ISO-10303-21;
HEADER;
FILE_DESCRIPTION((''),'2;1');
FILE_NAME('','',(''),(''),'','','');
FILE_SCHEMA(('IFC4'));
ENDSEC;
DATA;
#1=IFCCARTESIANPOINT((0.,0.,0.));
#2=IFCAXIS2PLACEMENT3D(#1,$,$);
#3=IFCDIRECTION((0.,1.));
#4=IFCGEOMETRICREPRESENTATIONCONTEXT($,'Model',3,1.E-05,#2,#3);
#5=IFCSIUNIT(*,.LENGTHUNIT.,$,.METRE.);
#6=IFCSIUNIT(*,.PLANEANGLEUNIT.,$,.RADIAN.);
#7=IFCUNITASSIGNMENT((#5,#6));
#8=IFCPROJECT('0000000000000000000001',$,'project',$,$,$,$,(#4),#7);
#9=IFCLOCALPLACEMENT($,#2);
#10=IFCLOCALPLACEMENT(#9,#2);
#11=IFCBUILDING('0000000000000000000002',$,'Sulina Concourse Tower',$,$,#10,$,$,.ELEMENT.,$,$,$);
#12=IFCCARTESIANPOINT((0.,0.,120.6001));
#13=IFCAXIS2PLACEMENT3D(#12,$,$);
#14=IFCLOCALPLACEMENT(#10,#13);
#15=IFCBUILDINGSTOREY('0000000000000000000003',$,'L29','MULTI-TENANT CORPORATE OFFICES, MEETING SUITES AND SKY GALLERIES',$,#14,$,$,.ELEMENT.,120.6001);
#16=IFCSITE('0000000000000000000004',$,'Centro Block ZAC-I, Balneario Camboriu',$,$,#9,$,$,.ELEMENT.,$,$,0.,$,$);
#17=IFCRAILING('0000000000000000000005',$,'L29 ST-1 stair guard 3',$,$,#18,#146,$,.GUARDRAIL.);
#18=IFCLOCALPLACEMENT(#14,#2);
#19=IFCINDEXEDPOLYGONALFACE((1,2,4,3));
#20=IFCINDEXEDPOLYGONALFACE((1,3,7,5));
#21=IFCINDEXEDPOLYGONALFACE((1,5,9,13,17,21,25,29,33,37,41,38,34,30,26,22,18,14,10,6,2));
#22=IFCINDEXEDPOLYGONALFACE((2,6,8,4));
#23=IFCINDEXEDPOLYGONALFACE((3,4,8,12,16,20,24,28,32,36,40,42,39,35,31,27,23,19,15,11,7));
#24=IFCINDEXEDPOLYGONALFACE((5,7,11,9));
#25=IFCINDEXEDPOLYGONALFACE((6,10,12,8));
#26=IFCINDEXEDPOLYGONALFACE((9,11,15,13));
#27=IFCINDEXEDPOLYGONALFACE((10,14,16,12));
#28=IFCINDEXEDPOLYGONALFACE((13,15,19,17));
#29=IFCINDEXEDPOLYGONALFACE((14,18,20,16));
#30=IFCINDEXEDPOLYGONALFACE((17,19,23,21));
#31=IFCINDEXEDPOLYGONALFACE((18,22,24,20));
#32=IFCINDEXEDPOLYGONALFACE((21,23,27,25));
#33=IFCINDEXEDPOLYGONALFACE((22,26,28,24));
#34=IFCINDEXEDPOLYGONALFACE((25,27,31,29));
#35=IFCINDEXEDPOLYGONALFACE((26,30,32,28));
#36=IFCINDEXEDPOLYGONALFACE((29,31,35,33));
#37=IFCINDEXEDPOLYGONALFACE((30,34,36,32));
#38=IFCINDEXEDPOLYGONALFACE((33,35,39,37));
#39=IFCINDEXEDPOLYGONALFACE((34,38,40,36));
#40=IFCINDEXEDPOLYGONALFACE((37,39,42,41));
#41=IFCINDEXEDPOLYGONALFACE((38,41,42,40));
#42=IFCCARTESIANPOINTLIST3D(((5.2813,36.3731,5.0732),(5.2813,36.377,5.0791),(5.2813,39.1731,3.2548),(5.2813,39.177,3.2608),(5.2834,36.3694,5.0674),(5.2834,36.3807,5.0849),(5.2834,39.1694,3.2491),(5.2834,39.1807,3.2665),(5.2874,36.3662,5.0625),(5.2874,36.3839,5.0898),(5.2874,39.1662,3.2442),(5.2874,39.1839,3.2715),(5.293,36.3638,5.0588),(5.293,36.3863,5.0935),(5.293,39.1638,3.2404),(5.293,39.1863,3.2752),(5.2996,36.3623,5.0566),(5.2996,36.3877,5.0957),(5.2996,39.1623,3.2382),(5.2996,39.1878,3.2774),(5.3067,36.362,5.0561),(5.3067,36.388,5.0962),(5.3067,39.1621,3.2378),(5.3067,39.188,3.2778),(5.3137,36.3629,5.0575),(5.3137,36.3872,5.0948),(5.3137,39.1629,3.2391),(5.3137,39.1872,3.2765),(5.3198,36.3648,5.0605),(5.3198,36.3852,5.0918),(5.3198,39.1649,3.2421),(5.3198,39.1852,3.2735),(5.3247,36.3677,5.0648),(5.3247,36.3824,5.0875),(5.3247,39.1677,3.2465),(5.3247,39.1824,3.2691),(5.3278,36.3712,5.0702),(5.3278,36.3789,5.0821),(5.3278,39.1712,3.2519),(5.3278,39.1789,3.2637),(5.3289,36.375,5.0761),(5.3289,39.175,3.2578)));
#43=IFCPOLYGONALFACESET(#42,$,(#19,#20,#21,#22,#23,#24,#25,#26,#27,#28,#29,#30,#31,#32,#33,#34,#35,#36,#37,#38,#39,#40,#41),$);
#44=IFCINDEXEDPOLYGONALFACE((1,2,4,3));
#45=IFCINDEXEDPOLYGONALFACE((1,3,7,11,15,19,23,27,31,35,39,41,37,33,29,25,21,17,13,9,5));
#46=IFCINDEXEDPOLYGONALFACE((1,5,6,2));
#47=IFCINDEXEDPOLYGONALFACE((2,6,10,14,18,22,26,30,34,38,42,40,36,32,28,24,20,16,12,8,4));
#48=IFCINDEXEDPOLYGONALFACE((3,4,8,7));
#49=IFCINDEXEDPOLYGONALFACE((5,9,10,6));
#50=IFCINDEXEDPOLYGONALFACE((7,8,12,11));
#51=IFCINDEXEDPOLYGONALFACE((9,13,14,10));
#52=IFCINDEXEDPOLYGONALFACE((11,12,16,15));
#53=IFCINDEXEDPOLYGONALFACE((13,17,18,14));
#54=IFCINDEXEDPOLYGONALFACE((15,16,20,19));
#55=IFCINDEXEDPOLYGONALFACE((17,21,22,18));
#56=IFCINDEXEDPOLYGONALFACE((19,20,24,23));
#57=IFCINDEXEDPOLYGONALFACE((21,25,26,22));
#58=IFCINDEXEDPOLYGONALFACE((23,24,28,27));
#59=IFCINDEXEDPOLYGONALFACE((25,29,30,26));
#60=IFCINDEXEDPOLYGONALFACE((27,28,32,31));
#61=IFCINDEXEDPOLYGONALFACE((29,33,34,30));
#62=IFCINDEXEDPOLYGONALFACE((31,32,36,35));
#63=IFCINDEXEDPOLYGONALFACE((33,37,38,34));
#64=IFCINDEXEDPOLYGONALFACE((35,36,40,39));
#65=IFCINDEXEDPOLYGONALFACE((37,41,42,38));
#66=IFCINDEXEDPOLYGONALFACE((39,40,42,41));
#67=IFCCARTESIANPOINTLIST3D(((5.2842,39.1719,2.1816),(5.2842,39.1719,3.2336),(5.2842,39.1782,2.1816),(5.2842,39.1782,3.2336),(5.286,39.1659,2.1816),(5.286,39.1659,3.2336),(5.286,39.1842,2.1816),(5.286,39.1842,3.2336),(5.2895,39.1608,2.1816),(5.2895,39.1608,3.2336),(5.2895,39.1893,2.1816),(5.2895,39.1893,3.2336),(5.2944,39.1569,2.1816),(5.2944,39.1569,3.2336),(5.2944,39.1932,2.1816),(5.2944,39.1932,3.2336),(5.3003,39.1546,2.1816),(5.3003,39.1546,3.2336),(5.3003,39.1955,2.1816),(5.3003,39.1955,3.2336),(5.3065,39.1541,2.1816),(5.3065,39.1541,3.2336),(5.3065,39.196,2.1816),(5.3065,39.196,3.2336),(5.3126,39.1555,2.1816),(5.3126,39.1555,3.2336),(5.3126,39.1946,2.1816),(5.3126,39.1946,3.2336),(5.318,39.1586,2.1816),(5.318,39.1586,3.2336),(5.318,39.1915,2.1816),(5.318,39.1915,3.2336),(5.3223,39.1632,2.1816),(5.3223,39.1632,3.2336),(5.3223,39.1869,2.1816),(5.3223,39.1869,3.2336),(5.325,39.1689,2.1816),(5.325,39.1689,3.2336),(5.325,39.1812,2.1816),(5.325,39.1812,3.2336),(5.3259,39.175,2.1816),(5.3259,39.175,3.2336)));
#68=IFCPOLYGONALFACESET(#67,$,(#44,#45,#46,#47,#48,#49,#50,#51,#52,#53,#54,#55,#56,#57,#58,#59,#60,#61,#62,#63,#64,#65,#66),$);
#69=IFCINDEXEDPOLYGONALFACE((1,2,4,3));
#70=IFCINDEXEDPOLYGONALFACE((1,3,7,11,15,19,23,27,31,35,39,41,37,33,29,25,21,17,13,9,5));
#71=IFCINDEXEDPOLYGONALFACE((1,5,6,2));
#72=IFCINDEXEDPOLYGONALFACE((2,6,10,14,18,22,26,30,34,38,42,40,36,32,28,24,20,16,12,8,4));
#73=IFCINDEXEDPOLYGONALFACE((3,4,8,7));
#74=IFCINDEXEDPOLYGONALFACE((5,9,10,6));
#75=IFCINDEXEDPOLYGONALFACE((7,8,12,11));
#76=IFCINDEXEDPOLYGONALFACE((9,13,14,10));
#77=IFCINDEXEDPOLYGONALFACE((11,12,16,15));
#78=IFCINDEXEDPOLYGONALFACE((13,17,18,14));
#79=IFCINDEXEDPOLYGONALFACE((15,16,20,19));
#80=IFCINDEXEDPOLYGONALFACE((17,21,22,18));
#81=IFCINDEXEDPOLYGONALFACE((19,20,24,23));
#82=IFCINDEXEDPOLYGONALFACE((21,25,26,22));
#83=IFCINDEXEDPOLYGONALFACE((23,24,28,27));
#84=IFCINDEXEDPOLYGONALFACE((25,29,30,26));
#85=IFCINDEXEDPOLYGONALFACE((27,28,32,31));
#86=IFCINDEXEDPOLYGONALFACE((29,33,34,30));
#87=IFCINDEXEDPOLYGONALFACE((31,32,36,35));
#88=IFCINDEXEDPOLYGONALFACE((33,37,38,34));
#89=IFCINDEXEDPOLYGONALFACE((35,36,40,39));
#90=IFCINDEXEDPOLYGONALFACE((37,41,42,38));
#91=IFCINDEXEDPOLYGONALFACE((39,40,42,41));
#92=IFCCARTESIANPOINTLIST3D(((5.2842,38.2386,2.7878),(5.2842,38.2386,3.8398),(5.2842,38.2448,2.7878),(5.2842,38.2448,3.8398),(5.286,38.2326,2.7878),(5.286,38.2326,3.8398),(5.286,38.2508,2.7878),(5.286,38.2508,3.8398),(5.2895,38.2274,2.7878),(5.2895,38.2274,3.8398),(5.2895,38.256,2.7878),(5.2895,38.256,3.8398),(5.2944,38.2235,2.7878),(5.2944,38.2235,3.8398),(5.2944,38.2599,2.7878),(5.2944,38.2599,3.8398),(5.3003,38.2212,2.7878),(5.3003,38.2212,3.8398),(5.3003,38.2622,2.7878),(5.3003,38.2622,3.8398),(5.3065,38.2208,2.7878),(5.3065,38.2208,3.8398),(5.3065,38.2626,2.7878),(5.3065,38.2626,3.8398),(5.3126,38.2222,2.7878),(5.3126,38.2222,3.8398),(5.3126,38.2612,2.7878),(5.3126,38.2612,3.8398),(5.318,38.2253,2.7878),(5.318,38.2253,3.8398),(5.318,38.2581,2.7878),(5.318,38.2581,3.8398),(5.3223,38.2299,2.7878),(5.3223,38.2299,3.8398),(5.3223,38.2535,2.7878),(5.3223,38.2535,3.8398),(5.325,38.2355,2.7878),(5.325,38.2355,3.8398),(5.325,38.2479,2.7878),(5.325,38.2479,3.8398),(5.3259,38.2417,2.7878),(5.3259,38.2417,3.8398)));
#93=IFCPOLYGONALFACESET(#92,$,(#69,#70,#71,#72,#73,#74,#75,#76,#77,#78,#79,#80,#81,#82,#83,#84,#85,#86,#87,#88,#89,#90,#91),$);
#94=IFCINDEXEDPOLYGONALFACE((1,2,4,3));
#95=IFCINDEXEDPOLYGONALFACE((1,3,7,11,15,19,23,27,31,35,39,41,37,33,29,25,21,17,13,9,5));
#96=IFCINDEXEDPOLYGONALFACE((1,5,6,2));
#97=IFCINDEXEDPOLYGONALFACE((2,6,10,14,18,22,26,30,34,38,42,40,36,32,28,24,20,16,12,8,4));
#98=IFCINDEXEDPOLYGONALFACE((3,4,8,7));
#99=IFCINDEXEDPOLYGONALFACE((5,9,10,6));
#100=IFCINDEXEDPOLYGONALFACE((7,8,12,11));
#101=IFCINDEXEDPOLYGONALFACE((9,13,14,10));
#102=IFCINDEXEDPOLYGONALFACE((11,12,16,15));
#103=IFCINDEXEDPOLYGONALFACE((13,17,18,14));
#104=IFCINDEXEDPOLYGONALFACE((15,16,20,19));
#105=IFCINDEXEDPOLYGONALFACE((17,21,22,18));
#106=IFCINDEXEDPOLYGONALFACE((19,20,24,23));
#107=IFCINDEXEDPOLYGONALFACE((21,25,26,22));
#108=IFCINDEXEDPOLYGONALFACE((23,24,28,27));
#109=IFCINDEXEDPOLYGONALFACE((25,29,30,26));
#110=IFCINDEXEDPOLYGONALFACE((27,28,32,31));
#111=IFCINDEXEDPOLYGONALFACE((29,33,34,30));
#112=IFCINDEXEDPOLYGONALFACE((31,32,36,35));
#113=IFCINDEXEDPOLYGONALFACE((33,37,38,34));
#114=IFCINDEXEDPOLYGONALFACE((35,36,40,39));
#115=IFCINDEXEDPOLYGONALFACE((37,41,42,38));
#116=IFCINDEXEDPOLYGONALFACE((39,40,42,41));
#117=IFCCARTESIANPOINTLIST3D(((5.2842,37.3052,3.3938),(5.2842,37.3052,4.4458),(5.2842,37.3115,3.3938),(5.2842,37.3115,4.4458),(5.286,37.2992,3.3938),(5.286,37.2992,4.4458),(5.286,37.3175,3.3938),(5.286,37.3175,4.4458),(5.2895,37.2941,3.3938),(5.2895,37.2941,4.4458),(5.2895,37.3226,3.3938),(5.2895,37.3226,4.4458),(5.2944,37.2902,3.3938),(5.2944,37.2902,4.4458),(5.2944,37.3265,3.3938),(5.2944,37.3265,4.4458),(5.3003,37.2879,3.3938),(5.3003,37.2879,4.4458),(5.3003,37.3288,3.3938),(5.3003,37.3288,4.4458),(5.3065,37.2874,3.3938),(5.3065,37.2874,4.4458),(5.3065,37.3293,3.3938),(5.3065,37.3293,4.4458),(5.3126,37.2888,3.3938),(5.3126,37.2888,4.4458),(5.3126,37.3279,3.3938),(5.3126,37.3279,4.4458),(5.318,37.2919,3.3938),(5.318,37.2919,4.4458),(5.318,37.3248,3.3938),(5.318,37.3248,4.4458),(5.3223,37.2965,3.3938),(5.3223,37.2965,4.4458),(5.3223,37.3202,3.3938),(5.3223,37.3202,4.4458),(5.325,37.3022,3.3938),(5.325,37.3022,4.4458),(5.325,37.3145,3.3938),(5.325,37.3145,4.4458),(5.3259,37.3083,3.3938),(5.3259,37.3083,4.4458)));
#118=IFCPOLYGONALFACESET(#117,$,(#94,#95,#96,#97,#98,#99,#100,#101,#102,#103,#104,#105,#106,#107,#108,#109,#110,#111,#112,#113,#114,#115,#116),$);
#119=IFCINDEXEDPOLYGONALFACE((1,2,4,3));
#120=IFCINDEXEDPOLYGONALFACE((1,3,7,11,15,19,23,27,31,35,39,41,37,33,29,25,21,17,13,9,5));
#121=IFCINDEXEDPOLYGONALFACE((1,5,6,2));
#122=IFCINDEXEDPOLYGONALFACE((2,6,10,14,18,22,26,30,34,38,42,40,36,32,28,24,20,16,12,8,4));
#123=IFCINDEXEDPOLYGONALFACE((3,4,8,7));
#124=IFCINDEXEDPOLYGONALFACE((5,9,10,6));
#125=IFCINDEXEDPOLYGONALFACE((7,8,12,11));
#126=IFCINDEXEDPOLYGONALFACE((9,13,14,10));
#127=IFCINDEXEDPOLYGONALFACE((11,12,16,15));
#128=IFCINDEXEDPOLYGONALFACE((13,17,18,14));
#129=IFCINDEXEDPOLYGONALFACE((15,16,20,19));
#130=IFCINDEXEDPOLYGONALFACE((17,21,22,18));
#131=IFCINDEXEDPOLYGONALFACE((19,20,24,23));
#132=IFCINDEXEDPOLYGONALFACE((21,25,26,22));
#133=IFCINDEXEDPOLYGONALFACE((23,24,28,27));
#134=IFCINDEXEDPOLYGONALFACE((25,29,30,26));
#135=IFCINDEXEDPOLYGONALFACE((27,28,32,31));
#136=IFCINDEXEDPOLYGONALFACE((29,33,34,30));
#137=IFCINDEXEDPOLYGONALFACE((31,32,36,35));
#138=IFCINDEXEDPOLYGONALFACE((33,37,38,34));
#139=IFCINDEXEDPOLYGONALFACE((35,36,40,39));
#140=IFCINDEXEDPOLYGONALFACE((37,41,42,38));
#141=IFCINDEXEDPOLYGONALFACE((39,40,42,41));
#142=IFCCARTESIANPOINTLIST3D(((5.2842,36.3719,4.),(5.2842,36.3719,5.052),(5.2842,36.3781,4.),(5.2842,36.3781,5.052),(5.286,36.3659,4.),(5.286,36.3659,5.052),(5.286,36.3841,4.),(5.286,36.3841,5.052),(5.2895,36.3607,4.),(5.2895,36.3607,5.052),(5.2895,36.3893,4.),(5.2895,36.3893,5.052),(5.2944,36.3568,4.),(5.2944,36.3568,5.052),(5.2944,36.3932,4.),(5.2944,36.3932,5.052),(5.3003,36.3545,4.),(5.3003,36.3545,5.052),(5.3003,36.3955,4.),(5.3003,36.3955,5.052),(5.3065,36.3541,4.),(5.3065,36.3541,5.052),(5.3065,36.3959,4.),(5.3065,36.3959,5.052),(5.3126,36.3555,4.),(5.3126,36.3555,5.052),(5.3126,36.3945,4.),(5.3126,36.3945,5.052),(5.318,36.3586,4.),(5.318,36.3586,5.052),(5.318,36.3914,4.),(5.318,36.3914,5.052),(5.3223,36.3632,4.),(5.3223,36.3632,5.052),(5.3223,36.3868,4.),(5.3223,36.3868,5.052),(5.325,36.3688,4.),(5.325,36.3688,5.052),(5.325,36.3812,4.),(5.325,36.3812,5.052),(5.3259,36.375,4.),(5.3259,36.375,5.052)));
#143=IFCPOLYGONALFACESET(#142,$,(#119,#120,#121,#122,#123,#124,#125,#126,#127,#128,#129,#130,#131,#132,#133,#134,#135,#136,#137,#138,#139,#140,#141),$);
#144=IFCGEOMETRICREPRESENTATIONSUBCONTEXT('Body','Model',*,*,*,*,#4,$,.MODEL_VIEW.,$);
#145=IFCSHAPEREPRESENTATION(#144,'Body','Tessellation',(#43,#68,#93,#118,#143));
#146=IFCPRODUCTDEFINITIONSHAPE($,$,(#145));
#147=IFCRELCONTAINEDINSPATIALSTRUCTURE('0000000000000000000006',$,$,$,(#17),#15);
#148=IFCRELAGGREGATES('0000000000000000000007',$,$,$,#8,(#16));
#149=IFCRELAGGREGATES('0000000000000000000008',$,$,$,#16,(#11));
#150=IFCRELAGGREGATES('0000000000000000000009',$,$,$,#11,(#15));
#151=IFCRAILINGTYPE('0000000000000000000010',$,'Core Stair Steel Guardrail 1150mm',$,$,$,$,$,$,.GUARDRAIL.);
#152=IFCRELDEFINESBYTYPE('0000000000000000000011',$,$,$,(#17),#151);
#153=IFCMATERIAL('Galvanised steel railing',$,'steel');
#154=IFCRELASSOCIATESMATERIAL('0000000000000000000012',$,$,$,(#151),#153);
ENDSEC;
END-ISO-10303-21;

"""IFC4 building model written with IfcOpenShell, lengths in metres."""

from ifc_helpers import new_model, si_unit, direction, frame, origin, origin_2d, place, context, subcontext, project, spatial, circle, extrude, material, type_object, element, save


model = new_model("IFC4")

# Units and contexts
model_context = context("Model", 3, precision=1e-05, world=origin(), true_north=direction((0.0, 1.0)))
body_context = subcontext(model_context, "Body", "Model", "MODEL_VIEW")
ifc_project = project(units=[si_unit("LENGTHUNIT", "METRE"), si_unit("PLANEANGLEUNIT", "RADIAN")], contexts=[model_context])

# Site, building, storey
site_placement = place(None, origin())
site = spatial("IfcSite", under=ifc_project, at=site_placement, Name="Centro Block ZAC-I, Balneario Camboriu", CompositionType="ELEMENT", RefElevation=0.0)
building_placement = place(site_placement, origin())
building = spatial("IfcBuilding", under=site, at=building_placement, Name="Sulina Concourse Tower", CompositionType="ELEMENT")
storey_placement = place(building_placement, frame((0.0, 0.0, 120.6001)))
storey = spatial("IfcBuildingStorey", under=building, at=storey_placement, Name="L29", Description="MULTI-TENANT CORPORATE OFFICES, MEETING SUITES AND SKY GALLERIES", CompositionType="ELEMENT", Elevation=120.6001)

# Railing
ifc_material_1 = material(Name="Galvanised steel railing", Category="steel")
railing_type_1 = type_object("IfcRailingType", Name="Core Stair Steel Guardrail 1150mm", PredefinedType="GUARDRAIL", material=ifc_material_1)
railing_1_placement = place(storey_placement, frame((5.3049, 39.175, 2.1816)))
element("IfcRailing", 1, at=railing_1_placement, inside=storey, type_object=railing_type_1, Name="L29 ST-1 stair guard 3", PredefinedType="GUARDRAIL", context=body_context, shape_type="SweptSolid", body=[
    extrude(circle(Radius=0.0239, at=origin_2d()), frame((0.0, 0.0, 1.0762), z_axis=(0.0, -0.838672, 0.544636), x_axis=(1.0, 0.0, 0.0)), (0.0, 0.0, 1.0), 3.3386),
    extrude(circle(Radius=0.021, at=origin_2d()), origin(), (0.0, 0.0, 1.0), 1.052),
    extrude(circle(Radius=0.021, at=origin_2d()), frame((0.0, -0.9333, 0.6062)), (0.0, 0.0, 1.0), 1.052),
    extrude(circle(Radius=0.021, at=origin_2d()), frame((0.0, -1.8667, 1.2122)), (0.0, 0.0, 1.0), 1.052),
    extrude(circle(Radius=0.021, at=origin_2d()), frame((0.0, -2.8, 1.8184)), (0.0, 0.0, 1.0), 1.052),
])

save(model, "model.ifc")
